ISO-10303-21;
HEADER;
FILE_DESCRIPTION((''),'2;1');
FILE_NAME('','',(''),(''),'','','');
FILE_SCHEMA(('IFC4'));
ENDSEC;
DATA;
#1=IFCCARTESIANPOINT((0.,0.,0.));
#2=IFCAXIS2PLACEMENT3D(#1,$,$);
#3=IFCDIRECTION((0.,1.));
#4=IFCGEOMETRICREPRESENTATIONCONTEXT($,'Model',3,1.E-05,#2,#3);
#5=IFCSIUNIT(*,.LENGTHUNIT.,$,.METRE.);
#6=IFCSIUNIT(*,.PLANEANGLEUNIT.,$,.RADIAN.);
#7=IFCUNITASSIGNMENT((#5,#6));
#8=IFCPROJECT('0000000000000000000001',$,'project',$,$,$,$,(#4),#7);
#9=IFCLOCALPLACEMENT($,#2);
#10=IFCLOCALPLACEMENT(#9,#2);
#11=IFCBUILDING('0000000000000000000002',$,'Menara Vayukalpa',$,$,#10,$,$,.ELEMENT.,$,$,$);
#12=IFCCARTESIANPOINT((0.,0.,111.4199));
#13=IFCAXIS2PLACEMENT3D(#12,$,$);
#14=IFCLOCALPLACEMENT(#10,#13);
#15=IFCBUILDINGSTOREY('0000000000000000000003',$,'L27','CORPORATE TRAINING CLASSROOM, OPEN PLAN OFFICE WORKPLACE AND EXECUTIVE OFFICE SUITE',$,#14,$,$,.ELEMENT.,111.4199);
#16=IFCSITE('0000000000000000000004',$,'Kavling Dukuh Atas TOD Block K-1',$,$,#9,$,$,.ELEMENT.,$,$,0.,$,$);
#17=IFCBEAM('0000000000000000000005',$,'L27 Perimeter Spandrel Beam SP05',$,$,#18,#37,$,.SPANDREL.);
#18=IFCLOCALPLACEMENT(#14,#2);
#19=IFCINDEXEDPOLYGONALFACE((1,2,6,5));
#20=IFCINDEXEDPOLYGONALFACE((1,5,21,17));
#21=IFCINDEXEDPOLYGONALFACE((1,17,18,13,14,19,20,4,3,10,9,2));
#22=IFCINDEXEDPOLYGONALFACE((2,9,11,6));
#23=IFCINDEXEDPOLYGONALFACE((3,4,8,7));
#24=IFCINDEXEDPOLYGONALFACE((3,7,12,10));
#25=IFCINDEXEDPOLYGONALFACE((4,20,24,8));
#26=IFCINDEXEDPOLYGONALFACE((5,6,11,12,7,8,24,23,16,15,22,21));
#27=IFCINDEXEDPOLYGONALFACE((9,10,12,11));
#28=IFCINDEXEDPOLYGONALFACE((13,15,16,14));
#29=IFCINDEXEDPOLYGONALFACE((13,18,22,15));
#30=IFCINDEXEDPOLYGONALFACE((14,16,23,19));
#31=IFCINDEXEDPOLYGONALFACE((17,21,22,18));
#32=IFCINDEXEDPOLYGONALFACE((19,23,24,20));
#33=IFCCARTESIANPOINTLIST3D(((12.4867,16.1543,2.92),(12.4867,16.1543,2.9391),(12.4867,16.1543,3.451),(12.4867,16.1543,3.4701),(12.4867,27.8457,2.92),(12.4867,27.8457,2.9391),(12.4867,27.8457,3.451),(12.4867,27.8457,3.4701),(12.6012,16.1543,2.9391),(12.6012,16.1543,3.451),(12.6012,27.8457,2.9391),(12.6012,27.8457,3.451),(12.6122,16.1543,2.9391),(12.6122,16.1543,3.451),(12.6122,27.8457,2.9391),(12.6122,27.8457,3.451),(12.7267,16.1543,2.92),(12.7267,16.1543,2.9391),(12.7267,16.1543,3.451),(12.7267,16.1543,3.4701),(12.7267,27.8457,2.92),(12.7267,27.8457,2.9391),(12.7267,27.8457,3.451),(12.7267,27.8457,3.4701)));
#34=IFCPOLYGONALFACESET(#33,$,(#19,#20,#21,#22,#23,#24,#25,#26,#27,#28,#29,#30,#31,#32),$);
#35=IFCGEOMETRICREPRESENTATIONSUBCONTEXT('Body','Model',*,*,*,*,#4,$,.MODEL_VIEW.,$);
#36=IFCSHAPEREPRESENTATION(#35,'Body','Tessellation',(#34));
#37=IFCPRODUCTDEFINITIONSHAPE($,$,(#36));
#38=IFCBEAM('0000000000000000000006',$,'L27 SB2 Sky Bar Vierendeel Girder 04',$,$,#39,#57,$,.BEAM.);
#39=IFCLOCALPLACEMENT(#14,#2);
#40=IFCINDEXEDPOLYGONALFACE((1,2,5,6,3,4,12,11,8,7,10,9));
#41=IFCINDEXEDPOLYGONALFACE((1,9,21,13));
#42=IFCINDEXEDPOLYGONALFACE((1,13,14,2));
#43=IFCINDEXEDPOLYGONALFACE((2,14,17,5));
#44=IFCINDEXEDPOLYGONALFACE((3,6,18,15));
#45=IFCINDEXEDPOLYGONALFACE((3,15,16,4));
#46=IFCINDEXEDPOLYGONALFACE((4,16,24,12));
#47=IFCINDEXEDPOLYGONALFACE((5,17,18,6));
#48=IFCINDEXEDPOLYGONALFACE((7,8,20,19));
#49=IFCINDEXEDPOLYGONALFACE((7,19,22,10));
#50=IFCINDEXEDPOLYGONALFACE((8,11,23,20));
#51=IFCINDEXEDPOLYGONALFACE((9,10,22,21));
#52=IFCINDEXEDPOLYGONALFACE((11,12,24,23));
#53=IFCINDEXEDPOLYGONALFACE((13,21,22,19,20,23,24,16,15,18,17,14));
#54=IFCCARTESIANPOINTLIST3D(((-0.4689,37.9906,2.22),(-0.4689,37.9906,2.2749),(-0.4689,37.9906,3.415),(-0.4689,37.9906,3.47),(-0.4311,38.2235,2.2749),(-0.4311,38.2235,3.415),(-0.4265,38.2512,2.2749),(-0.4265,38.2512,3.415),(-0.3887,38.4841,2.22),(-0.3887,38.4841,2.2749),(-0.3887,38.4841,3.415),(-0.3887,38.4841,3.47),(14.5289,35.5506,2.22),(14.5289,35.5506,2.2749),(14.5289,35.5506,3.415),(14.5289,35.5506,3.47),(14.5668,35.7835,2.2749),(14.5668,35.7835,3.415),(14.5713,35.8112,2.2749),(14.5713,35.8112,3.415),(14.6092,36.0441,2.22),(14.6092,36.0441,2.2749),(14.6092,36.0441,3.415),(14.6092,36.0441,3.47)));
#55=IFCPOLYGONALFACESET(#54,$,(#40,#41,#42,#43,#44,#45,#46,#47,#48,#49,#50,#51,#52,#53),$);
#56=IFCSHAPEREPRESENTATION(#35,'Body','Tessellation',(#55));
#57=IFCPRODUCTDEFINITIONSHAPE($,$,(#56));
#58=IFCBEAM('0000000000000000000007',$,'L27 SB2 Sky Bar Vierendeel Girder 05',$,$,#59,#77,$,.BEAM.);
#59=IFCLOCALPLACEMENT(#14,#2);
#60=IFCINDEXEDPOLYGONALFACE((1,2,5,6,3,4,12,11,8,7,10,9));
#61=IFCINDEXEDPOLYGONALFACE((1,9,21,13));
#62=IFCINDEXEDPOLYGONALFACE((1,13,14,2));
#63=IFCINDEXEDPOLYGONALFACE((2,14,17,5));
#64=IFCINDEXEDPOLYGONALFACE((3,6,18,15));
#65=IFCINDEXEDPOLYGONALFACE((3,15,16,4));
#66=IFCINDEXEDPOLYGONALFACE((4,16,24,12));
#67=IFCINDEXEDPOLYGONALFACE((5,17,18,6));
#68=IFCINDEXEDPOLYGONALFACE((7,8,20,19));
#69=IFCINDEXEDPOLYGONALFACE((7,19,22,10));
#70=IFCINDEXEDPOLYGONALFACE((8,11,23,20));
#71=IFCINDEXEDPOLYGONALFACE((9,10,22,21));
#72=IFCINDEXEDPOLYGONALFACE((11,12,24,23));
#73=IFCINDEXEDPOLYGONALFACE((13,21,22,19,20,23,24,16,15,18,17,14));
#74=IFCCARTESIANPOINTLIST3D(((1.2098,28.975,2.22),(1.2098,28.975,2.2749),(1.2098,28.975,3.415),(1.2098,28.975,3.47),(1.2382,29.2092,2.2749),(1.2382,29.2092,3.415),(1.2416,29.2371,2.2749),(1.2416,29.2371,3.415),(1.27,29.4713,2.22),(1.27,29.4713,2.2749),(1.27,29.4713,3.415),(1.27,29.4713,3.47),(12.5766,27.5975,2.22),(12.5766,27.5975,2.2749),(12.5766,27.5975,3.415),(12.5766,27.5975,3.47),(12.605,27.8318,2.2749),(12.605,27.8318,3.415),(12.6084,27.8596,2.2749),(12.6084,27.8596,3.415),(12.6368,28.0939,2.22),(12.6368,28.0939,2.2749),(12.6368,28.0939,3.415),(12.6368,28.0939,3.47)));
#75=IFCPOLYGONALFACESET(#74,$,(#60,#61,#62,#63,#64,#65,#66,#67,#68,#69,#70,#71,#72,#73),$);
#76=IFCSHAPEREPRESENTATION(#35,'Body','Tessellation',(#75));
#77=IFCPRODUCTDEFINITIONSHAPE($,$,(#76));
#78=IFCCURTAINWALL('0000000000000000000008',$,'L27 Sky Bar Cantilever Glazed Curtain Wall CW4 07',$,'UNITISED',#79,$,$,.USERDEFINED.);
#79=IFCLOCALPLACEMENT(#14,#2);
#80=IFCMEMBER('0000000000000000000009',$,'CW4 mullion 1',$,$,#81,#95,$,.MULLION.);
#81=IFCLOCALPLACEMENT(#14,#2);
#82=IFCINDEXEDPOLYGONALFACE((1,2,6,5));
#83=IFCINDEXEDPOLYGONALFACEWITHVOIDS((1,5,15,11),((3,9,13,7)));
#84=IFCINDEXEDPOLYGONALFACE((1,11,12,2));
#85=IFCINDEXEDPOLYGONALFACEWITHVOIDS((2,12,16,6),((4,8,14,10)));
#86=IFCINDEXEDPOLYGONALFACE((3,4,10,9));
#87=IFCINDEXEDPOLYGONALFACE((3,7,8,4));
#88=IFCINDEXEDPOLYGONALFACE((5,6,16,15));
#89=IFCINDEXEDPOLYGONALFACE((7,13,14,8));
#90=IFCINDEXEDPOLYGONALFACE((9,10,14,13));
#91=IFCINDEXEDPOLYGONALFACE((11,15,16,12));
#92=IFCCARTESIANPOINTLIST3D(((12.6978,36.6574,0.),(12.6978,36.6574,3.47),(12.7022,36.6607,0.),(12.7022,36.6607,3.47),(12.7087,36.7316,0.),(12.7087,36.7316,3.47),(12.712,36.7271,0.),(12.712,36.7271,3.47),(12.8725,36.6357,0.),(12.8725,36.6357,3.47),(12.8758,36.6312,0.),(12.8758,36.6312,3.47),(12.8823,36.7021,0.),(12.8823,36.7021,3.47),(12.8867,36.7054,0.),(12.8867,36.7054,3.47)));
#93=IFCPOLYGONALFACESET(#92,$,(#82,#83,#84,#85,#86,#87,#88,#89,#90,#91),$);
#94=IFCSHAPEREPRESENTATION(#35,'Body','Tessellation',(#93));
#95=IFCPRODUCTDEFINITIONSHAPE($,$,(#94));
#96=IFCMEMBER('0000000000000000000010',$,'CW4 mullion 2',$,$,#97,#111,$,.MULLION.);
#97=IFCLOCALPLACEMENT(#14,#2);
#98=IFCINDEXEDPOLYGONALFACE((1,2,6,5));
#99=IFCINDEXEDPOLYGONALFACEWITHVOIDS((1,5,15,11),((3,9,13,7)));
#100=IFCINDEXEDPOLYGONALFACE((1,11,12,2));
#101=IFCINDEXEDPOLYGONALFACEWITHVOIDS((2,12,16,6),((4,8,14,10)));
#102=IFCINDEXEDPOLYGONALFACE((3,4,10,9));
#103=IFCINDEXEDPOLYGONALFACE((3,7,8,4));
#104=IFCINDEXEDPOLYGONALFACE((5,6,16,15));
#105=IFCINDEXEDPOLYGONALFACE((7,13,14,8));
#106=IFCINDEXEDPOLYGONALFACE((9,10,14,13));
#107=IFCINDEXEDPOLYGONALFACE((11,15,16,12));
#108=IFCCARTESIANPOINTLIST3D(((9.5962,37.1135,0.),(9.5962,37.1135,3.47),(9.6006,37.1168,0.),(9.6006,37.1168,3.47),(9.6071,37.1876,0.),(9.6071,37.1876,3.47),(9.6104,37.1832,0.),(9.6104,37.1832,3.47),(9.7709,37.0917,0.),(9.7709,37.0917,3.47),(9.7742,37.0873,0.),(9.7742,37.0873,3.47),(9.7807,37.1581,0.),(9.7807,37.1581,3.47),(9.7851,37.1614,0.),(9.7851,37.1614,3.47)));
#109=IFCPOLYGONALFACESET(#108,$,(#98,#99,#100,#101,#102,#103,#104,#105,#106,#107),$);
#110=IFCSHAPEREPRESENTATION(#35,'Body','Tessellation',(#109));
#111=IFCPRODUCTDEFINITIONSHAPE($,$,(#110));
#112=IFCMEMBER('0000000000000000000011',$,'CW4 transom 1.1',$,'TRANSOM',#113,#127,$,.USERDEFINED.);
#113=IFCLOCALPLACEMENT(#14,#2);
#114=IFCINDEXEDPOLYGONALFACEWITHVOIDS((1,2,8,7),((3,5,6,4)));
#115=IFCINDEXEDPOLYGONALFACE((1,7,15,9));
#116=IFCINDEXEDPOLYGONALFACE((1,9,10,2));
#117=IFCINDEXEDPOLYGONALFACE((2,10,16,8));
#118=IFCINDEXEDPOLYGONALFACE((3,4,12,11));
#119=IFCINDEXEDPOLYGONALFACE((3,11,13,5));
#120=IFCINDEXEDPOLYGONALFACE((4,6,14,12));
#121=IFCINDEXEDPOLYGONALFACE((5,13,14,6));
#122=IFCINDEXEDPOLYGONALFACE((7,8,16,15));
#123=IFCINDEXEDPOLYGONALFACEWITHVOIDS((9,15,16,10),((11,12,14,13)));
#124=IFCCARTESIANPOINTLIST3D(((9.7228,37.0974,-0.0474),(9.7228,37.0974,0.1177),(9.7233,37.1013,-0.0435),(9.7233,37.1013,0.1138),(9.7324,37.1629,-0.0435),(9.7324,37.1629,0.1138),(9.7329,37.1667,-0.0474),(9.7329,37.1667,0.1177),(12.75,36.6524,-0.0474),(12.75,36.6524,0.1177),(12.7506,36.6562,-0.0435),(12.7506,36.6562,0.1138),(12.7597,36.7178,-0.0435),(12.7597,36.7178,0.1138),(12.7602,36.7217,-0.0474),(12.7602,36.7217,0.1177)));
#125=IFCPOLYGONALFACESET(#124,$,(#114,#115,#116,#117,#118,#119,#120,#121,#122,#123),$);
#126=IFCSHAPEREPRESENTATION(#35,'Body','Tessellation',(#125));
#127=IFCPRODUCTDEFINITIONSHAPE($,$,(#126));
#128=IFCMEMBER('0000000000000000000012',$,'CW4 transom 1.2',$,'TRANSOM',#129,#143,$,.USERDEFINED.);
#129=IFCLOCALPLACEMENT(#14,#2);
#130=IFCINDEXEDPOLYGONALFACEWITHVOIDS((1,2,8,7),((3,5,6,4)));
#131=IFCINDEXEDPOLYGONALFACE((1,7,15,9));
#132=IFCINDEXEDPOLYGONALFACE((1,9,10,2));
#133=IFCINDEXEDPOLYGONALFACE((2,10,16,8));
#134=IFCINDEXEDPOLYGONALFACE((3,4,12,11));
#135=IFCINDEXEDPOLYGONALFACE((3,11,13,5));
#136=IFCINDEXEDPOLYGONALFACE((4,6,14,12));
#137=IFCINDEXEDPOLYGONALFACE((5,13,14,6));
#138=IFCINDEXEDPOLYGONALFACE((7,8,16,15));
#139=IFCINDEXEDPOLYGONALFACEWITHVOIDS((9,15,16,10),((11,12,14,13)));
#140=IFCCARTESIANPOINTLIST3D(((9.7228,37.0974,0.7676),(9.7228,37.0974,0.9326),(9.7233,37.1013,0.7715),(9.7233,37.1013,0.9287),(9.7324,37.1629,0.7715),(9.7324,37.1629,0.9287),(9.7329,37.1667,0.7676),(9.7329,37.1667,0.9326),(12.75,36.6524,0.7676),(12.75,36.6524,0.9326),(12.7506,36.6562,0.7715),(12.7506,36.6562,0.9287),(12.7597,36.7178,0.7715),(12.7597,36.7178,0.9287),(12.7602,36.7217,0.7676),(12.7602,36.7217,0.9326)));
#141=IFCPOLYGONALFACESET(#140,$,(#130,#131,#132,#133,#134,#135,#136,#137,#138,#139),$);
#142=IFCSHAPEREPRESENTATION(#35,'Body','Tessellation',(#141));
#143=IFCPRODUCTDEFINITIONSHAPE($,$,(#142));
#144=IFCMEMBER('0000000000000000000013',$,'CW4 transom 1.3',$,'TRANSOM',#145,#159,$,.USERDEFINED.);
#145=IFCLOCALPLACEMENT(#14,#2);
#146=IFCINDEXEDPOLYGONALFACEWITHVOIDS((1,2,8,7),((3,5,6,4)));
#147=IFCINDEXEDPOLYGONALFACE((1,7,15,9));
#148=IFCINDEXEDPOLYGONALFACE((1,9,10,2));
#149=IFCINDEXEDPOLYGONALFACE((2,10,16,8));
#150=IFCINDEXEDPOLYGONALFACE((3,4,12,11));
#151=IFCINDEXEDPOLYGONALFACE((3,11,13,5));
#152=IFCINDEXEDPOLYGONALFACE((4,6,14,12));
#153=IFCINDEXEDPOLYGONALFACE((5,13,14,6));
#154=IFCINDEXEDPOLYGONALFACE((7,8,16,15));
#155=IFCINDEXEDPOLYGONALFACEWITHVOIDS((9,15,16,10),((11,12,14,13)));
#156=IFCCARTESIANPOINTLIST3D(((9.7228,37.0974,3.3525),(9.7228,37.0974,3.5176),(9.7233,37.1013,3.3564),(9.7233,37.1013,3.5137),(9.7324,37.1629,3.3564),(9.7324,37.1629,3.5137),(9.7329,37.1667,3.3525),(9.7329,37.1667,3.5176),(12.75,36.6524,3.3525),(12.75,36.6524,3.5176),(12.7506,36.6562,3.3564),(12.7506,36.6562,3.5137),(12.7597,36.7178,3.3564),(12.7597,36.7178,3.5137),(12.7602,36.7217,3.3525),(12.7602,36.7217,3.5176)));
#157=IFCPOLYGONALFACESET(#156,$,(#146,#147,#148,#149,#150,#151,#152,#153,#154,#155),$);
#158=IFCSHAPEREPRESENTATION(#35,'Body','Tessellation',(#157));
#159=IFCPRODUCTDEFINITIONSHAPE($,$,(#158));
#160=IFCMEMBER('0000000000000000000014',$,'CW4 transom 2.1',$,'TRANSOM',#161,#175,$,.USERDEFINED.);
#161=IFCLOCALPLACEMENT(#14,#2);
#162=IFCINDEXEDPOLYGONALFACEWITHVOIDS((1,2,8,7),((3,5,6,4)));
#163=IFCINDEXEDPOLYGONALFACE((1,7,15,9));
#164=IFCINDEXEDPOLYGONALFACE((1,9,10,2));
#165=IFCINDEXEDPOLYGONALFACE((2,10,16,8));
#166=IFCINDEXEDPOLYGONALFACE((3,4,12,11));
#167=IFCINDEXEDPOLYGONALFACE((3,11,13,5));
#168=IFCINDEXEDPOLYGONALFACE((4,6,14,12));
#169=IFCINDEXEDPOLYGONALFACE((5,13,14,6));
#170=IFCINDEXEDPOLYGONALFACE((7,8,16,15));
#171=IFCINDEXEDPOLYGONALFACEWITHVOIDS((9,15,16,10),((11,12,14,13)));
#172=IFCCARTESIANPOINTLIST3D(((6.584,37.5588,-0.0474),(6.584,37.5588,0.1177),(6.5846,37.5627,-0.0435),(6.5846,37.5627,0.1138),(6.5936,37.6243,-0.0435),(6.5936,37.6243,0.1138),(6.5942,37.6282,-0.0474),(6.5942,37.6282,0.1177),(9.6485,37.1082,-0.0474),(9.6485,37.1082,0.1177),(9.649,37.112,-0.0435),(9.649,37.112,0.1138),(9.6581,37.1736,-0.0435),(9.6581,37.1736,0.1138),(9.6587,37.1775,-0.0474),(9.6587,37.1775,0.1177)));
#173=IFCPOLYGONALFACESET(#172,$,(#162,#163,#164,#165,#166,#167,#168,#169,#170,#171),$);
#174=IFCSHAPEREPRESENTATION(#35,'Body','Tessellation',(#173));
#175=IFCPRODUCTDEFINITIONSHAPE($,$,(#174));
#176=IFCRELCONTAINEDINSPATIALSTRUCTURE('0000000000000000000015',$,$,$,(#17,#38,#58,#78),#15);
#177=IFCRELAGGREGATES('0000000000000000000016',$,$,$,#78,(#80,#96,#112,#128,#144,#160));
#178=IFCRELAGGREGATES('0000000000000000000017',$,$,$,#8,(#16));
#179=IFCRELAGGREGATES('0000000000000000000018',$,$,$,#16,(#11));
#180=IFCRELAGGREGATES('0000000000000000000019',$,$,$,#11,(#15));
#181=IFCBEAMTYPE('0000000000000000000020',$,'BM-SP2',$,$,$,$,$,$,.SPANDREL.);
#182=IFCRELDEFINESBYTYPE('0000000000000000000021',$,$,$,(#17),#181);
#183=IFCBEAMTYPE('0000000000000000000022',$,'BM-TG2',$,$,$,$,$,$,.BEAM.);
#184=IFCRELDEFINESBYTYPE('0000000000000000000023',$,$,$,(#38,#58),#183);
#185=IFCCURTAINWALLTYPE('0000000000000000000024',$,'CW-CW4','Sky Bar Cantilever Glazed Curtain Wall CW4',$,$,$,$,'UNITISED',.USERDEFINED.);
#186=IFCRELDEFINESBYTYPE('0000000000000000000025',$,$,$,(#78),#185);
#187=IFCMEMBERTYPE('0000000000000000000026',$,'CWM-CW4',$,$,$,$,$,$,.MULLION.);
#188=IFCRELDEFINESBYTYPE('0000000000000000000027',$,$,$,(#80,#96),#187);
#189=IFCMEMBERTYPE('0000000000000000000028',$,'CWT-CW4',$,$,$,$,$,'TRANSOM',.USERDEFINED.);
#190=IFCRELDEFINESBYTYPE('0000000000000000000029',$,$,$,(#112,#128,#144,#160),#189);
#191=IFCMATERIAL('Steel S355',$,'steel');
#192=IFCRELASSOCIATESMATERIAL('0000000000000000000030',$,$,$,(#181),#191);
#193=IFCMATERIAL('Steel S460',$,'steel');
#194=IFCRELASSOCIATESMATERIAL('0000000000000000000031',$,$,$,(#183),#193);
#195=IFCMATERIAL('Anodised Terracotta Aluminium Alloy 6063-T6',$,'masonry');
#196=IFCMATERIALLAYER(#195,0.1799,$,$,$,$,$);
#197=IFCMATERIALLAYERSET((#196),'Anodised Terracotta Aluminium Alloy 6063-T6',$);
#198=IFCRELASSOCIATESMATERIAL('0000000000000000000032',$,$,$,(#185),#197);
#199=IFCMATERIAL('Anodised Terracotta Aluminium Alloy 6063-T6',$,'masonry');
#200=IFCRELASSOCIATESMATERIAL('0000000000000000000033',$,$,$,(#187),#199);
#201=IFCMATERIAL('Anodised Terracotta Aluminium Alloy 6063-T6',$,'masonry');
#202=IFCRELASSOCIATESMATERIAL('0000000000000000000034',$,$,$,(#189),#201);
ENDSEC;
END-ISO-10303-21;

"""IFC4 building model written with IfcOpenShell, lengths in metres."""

from ifc_helpers import new_model, si_unit, direction, frame, origin, origin_2d, place, context, subcontext, project, spatial, hollow_rectangle, i_section, extrude, material, layer, layer_set, material_profile, profile_set, type_object, element, aggregate, save


model = new_model("IFC4")

# Units and contexts
model_context = context("Model", 3, precision=1e-05, world=origin(), true_north=direction((0.0, 1.0)))
body_context = subcontext(model_context, "Body", "Model", "MODEL_VIEW")
ifc_project = project(units=[si_unit("LENGTHUNIT", "METRE"), si_unit("PLANEANGLEUNIT", "RADIAN")], contexts=[model_context])

# Site, building, storey
site_placement = place(None, origin())
site = spatial("IfcSite", under=ifc_project, at=site_placement, Name="Kavling Dukuh Atas TOD Block K-1", CompositionType="ELEMENT", RefElevation=0.0)
building_placement = place(site_placement, origin())
building = spatial("IfcBuilding", under=site, at=building_placement, Name="Menara Vayukalpa", CompositionType="ELEMENT")
storey_placement = place(building_placement, frame((0.0, 0.0, 111.4199)))
storey = spatial("IfcBuildingStorey", under=building, at=storey_placement, Name="L27", Description="CORPORATE TRAINING CLASSROOM, OPEN PLAN OFFICE WORKPLACE AND EXECUTIVE OFFICE SUITE", CompositionType="ELEMENT", Elevation=111.4199)

# Beams
ifc_material_1 = material(Name="Steel S355", Category="steel")
ifc_material_profile_1 = material_profile(ifc_material_1, i_section(OverallWidth=0.24, OverallDepth=0.55, WebThickness=0.011, FlangeThickness=0.019, at=origin_2d()), Name="WF 550x240x11x19")
ifc_profile_set_1 = profile_set([ifc_material_profile_1], Name="Steel S355")
beam_type_1 = type_object("IfcBeamType", Name="BM-SP2", PredefinedType="SPANDREL", material=ifc_profile_set_1)
beam_1_placement = place(storey_placement, frame((12.6067, 27.8457, 3.1951), z_axis=(0.0, -1.0, 0.0), x_axis=(1.0, 0.0, 0.0)))
element("IfcBeam", 1, at=beam_1_placement, inside=storey, type_object=beam_type_1, Name="L27 Perimeter Spandrel Beam SP05", PredefinedType="SPANDREL", context=body_context, shape_type="SweptSolid", body=[
    extrude(i_section(OverallWidth=0.24, OverallDepth=0.55, WebThickness=0.011, FlangeThickness=0.019, at=origin_2d()), origin(), (0.0, 0.0, 1.0), 11.6914),
])
ifc_material_2 = material(Name="Steel S460", Category="steel")
ifc_material_profile_2 = material_profile(ifc_material_2, i_section(OverallWidth=0.5, OverallDepth=1.25, WebThickness=0.0281, FlangeThickness=0.0549, at=origin_2d()), Name="WG 1250x500x28x55")
ifc_profile_set_2 = profile_set([ifc_material_profile_2], Name="Steel S460")
beam_type_2 = type_object("IfcBeamType", Name="BM-TG2", PredefinedType="BEAM", material=ifc_profile_set_2)
beam_2_placement = place(storey_placement, frame((14.5691, 35.7974, 2.845), z_axis=(-0.987024, 0.160575, 0.0), x_axis=(-0.160575, -0.987024, 0.0)))
element("IfcBeam", 2, at=beam_2_placement, inside=storey, type_object=beam_type_2, Name="L27 SB2 Sky Bar Vierendeel Girder 04", PredefinedType="BEAM", context=body_context, shape_type="SweptSolid", body=[
    extrude(i_section(OverallWidth=0.5, OverallDepth=1.25, WebThickness=0.0281, FlangeThickness=0.0549, at=origin_2d()), origin(), (0.0, 0.0, 1.0), 15.1951),
])
beam_3_placement = place(storey_placement, frame((12.6067, 27.8457, 2.845), z_axis=(-0.992737, 0.120302, 0.0), x_axis=(-0.120302, -0.992737, 0.0)))
element("IfcBeam", 3, at=beam_3_placement, inside=storey, type_object=beam_type_2, Name="L27 SB2 Sky Bar Vierendeel Girder 05", PredefinedType="BEAM", context=body_context, shape_type="SweptSolid", body=[
    extrude(i_section(OverallWidth=0.5, OverallDepth=1.25, WebThickness=0.0281, FlangeThickness=0.0549, at=origin_2d()), origin(), (0.0, 0.0, 1.0), 11.45),
])

# Curtain wall, members
ifc_material_3 = material(Name="Anodised Terracotta Aluminium Alloy 6063-T6", Category="masonry")
ifc_layer_1 = layer(ifc_material_3, 0.1799)
ifc_layer_set_1 = layer_set([ifc_layer_1], Name="Anodised Terracotta Aluminium Alloy 6063-T6")
curtain_wall_type = type_object("IfcCurtainWallType", Name="CW-CW4", Description="Sky Bar Cantilever Glazed Curtain Wall CW4", ElementType="UNITISED", PredefinedType="USERDEFINED", material=ifc_layer_set_1)
curtain_wall_placement = place(storey_placement, origin())
curtain_wall = element("IfcCurtainWall", 4, at=curtain_wall_placement, inside=storey, type_object=curtain_wall_type, Name="L27 Sky Bar Cantilever Glazed Curtain Wall CW4 07", ObjectType="UNITISED", PredefinedType="USERDEFINED")
ifc_material_4 = material(Name="Anodised Terracotta Aluminium Alloy 6063-T6", Category="masonry")
ifc_material_profile_3 = material_profile(ifc_material_4, hollow_rectangle(XDim=0.075, YDim=0.1799, WallThickness=0.0039, at=origin_2d()), Name="ALU 75x180x4")
ifc_profile_set_3 = profile_set([ifc_material_profile_3], Name="Anodised Terracotta Aluminium Alloy 6063-T6")
member_type_1 = type_object("IfcMemberType", Name="CWM-CW4", PredefinedType="MULLION", material=ifc_profile_set_3)
member_1_placement = place(storey_placement, frame((12.7922, 36.6814, 0.0), z_axis=(0.0, 0.0, 1.0), x_axis=(-0.145451, -0.989365, 0.0)))
member_1 = element("IfcMember", 5, at=member_1_placement, type_object=member_type_1, Name="CW4 mullion 1", PredefinedType="MULLION", context=body_context, shape_type="SweptSolid", body=[
    extrude(hollow_rectangle(XDim=0.075, YDim=0.1799, WallThickness=0.0039, at=origin_2d()), origin(), (0.0, 0.0, 1.0), 3.47),
])
member_2_placement = place(storey_placement, frame((9.6907, 37.1375, 0.0), z_axis=(0.0, 0.0, 1.0), x_axis=(-0.145451, -0.989365, 0.0)))
member_2 = element("IfcMember", 6, at=member_2_placement, type_object=member_type_1, Name="CW4 mullion 2", PredefinedType="MULLION", context=body_context, shape_type="SweptSolid", body=[
    extrude(hollow_rectangle(XDim=0.075, YDim=0.1799, WallThickness=0.0039, at=origin_2d()), origin(), (0.0, 0.0, 1.0), 3.47),
])
ifc_material_5 = material(Name="Anodised Terracotta Aluminium Alloy 6063-T6", Category="masonry")
ifc_material_profile_4 = material_profile(ifc_material_5, hollow_rectangle(XDim=0.0701, YDim=0.165, WallThickness=0.0039, at=origin_2d()), Name="ALU 70x165x4")
ifc_profile_set_4 = profile_set([ifc_material_profile_4], Name="Anodised Terracotta Aluminium Alloy 6063-T6")
member_type_2 = type_object("IfcMemberType", Name="CWT-CW4", ElementType="TRANSOM", PredefinedType="USERDEFINED", material=ifc_profile_set_4)
member_3_placement = place(storey_placement, frame((12.7551, 36.687, 0.0352), z_axis=(-0.989365, 0.145453, 0.0), x_axis=(-0.145453, -0.989365, 0.0)))
member_3 = element("IfcMember", 7, at=member_3_placement, type_object=member_type_2, Name="CW4 transom 1.1", ObjectType="TRANSOM", PredefinedType="USERDEFINED", context=body_context, shape_type="SweptSolid", body=[
    extrude(hollow_rectangle(XDim=0.0701, YDim=0.165, WallThickness=0.0039, at=origin_2d()), origin(), (0.0, 0.0, 1.0), 3.0598),
])
member_4_placement = place(storey_placement, frame((12.7551, 36.687, 0.8501), z_axis=(-0.989365, 0.145453, 0.0), x_axis=(-0.145453, -0.989365, 0.0)))
member_4 = element("IfcMember", 8, at=member_4_placement, type_object=member_type_2, Name="CW4 transom 1.2", ObjectType="TRANSOM", PredefinedType="USERDEFINED", context=body_context, shape_type="SweptSolid", body=[
    extrude(hollow_rectangle(XDim=0.0701, YDim=0.165, WallThickness=0.0039, at=origin_2d()), origin(), (0.0, 0.0, 1.0), 3.0598),
])
member_5_placement = place(storey_placement, frame((12.7551, 36.687, 3.4351), z_axis=(-0.989365, 0.145453, 0.0), x_axis=(-0.145453, -0.989365, 0.0)))
member_5 = element("IfcMember", 9, at=member_5_placement, type_object=member_type_2, Name="CW4 transom 1.3", ObjectType="TRANSOM", PredefinedType="USERDEFINED", context=body_context, shape_type="SweptSolid", body=[
    extrude(hollow_rectangle(XDim=0.0701, YDim=0.165, WallThickness=0.0039, at=origin_2d()), origin(), (0.0, 0.0, 1.0), 3.0598),
])
member_6_placement = place(storey_placement, frame((9.6536, 37.1428, 0.0352), z_axis=(-0.989358, 0.145503, 0.0), x_axis=(-0.145503, -0.989358, 0.0)))
member_6 = element("IfcMember", 10, at=member_6_placement, type_object=member_type_2, Name="CW4 transom 2.1", ObjectType="TRANSOM", PredefinedType="USERDEFINED", context=body_context, shape_type="SweptSolid", body=[
    extrude(hollow_rectangle(XDim=0.0701, YDim=0.165, WallThickness=0.0039, at=origin_2d()), origin(), (0.0, 0.0, 1.0), 3.0974),
])

aggregate(curtain_wall, [member_1, member_2, member_3, member_4, member_5, member_6])

save(model, "model.ifc")
